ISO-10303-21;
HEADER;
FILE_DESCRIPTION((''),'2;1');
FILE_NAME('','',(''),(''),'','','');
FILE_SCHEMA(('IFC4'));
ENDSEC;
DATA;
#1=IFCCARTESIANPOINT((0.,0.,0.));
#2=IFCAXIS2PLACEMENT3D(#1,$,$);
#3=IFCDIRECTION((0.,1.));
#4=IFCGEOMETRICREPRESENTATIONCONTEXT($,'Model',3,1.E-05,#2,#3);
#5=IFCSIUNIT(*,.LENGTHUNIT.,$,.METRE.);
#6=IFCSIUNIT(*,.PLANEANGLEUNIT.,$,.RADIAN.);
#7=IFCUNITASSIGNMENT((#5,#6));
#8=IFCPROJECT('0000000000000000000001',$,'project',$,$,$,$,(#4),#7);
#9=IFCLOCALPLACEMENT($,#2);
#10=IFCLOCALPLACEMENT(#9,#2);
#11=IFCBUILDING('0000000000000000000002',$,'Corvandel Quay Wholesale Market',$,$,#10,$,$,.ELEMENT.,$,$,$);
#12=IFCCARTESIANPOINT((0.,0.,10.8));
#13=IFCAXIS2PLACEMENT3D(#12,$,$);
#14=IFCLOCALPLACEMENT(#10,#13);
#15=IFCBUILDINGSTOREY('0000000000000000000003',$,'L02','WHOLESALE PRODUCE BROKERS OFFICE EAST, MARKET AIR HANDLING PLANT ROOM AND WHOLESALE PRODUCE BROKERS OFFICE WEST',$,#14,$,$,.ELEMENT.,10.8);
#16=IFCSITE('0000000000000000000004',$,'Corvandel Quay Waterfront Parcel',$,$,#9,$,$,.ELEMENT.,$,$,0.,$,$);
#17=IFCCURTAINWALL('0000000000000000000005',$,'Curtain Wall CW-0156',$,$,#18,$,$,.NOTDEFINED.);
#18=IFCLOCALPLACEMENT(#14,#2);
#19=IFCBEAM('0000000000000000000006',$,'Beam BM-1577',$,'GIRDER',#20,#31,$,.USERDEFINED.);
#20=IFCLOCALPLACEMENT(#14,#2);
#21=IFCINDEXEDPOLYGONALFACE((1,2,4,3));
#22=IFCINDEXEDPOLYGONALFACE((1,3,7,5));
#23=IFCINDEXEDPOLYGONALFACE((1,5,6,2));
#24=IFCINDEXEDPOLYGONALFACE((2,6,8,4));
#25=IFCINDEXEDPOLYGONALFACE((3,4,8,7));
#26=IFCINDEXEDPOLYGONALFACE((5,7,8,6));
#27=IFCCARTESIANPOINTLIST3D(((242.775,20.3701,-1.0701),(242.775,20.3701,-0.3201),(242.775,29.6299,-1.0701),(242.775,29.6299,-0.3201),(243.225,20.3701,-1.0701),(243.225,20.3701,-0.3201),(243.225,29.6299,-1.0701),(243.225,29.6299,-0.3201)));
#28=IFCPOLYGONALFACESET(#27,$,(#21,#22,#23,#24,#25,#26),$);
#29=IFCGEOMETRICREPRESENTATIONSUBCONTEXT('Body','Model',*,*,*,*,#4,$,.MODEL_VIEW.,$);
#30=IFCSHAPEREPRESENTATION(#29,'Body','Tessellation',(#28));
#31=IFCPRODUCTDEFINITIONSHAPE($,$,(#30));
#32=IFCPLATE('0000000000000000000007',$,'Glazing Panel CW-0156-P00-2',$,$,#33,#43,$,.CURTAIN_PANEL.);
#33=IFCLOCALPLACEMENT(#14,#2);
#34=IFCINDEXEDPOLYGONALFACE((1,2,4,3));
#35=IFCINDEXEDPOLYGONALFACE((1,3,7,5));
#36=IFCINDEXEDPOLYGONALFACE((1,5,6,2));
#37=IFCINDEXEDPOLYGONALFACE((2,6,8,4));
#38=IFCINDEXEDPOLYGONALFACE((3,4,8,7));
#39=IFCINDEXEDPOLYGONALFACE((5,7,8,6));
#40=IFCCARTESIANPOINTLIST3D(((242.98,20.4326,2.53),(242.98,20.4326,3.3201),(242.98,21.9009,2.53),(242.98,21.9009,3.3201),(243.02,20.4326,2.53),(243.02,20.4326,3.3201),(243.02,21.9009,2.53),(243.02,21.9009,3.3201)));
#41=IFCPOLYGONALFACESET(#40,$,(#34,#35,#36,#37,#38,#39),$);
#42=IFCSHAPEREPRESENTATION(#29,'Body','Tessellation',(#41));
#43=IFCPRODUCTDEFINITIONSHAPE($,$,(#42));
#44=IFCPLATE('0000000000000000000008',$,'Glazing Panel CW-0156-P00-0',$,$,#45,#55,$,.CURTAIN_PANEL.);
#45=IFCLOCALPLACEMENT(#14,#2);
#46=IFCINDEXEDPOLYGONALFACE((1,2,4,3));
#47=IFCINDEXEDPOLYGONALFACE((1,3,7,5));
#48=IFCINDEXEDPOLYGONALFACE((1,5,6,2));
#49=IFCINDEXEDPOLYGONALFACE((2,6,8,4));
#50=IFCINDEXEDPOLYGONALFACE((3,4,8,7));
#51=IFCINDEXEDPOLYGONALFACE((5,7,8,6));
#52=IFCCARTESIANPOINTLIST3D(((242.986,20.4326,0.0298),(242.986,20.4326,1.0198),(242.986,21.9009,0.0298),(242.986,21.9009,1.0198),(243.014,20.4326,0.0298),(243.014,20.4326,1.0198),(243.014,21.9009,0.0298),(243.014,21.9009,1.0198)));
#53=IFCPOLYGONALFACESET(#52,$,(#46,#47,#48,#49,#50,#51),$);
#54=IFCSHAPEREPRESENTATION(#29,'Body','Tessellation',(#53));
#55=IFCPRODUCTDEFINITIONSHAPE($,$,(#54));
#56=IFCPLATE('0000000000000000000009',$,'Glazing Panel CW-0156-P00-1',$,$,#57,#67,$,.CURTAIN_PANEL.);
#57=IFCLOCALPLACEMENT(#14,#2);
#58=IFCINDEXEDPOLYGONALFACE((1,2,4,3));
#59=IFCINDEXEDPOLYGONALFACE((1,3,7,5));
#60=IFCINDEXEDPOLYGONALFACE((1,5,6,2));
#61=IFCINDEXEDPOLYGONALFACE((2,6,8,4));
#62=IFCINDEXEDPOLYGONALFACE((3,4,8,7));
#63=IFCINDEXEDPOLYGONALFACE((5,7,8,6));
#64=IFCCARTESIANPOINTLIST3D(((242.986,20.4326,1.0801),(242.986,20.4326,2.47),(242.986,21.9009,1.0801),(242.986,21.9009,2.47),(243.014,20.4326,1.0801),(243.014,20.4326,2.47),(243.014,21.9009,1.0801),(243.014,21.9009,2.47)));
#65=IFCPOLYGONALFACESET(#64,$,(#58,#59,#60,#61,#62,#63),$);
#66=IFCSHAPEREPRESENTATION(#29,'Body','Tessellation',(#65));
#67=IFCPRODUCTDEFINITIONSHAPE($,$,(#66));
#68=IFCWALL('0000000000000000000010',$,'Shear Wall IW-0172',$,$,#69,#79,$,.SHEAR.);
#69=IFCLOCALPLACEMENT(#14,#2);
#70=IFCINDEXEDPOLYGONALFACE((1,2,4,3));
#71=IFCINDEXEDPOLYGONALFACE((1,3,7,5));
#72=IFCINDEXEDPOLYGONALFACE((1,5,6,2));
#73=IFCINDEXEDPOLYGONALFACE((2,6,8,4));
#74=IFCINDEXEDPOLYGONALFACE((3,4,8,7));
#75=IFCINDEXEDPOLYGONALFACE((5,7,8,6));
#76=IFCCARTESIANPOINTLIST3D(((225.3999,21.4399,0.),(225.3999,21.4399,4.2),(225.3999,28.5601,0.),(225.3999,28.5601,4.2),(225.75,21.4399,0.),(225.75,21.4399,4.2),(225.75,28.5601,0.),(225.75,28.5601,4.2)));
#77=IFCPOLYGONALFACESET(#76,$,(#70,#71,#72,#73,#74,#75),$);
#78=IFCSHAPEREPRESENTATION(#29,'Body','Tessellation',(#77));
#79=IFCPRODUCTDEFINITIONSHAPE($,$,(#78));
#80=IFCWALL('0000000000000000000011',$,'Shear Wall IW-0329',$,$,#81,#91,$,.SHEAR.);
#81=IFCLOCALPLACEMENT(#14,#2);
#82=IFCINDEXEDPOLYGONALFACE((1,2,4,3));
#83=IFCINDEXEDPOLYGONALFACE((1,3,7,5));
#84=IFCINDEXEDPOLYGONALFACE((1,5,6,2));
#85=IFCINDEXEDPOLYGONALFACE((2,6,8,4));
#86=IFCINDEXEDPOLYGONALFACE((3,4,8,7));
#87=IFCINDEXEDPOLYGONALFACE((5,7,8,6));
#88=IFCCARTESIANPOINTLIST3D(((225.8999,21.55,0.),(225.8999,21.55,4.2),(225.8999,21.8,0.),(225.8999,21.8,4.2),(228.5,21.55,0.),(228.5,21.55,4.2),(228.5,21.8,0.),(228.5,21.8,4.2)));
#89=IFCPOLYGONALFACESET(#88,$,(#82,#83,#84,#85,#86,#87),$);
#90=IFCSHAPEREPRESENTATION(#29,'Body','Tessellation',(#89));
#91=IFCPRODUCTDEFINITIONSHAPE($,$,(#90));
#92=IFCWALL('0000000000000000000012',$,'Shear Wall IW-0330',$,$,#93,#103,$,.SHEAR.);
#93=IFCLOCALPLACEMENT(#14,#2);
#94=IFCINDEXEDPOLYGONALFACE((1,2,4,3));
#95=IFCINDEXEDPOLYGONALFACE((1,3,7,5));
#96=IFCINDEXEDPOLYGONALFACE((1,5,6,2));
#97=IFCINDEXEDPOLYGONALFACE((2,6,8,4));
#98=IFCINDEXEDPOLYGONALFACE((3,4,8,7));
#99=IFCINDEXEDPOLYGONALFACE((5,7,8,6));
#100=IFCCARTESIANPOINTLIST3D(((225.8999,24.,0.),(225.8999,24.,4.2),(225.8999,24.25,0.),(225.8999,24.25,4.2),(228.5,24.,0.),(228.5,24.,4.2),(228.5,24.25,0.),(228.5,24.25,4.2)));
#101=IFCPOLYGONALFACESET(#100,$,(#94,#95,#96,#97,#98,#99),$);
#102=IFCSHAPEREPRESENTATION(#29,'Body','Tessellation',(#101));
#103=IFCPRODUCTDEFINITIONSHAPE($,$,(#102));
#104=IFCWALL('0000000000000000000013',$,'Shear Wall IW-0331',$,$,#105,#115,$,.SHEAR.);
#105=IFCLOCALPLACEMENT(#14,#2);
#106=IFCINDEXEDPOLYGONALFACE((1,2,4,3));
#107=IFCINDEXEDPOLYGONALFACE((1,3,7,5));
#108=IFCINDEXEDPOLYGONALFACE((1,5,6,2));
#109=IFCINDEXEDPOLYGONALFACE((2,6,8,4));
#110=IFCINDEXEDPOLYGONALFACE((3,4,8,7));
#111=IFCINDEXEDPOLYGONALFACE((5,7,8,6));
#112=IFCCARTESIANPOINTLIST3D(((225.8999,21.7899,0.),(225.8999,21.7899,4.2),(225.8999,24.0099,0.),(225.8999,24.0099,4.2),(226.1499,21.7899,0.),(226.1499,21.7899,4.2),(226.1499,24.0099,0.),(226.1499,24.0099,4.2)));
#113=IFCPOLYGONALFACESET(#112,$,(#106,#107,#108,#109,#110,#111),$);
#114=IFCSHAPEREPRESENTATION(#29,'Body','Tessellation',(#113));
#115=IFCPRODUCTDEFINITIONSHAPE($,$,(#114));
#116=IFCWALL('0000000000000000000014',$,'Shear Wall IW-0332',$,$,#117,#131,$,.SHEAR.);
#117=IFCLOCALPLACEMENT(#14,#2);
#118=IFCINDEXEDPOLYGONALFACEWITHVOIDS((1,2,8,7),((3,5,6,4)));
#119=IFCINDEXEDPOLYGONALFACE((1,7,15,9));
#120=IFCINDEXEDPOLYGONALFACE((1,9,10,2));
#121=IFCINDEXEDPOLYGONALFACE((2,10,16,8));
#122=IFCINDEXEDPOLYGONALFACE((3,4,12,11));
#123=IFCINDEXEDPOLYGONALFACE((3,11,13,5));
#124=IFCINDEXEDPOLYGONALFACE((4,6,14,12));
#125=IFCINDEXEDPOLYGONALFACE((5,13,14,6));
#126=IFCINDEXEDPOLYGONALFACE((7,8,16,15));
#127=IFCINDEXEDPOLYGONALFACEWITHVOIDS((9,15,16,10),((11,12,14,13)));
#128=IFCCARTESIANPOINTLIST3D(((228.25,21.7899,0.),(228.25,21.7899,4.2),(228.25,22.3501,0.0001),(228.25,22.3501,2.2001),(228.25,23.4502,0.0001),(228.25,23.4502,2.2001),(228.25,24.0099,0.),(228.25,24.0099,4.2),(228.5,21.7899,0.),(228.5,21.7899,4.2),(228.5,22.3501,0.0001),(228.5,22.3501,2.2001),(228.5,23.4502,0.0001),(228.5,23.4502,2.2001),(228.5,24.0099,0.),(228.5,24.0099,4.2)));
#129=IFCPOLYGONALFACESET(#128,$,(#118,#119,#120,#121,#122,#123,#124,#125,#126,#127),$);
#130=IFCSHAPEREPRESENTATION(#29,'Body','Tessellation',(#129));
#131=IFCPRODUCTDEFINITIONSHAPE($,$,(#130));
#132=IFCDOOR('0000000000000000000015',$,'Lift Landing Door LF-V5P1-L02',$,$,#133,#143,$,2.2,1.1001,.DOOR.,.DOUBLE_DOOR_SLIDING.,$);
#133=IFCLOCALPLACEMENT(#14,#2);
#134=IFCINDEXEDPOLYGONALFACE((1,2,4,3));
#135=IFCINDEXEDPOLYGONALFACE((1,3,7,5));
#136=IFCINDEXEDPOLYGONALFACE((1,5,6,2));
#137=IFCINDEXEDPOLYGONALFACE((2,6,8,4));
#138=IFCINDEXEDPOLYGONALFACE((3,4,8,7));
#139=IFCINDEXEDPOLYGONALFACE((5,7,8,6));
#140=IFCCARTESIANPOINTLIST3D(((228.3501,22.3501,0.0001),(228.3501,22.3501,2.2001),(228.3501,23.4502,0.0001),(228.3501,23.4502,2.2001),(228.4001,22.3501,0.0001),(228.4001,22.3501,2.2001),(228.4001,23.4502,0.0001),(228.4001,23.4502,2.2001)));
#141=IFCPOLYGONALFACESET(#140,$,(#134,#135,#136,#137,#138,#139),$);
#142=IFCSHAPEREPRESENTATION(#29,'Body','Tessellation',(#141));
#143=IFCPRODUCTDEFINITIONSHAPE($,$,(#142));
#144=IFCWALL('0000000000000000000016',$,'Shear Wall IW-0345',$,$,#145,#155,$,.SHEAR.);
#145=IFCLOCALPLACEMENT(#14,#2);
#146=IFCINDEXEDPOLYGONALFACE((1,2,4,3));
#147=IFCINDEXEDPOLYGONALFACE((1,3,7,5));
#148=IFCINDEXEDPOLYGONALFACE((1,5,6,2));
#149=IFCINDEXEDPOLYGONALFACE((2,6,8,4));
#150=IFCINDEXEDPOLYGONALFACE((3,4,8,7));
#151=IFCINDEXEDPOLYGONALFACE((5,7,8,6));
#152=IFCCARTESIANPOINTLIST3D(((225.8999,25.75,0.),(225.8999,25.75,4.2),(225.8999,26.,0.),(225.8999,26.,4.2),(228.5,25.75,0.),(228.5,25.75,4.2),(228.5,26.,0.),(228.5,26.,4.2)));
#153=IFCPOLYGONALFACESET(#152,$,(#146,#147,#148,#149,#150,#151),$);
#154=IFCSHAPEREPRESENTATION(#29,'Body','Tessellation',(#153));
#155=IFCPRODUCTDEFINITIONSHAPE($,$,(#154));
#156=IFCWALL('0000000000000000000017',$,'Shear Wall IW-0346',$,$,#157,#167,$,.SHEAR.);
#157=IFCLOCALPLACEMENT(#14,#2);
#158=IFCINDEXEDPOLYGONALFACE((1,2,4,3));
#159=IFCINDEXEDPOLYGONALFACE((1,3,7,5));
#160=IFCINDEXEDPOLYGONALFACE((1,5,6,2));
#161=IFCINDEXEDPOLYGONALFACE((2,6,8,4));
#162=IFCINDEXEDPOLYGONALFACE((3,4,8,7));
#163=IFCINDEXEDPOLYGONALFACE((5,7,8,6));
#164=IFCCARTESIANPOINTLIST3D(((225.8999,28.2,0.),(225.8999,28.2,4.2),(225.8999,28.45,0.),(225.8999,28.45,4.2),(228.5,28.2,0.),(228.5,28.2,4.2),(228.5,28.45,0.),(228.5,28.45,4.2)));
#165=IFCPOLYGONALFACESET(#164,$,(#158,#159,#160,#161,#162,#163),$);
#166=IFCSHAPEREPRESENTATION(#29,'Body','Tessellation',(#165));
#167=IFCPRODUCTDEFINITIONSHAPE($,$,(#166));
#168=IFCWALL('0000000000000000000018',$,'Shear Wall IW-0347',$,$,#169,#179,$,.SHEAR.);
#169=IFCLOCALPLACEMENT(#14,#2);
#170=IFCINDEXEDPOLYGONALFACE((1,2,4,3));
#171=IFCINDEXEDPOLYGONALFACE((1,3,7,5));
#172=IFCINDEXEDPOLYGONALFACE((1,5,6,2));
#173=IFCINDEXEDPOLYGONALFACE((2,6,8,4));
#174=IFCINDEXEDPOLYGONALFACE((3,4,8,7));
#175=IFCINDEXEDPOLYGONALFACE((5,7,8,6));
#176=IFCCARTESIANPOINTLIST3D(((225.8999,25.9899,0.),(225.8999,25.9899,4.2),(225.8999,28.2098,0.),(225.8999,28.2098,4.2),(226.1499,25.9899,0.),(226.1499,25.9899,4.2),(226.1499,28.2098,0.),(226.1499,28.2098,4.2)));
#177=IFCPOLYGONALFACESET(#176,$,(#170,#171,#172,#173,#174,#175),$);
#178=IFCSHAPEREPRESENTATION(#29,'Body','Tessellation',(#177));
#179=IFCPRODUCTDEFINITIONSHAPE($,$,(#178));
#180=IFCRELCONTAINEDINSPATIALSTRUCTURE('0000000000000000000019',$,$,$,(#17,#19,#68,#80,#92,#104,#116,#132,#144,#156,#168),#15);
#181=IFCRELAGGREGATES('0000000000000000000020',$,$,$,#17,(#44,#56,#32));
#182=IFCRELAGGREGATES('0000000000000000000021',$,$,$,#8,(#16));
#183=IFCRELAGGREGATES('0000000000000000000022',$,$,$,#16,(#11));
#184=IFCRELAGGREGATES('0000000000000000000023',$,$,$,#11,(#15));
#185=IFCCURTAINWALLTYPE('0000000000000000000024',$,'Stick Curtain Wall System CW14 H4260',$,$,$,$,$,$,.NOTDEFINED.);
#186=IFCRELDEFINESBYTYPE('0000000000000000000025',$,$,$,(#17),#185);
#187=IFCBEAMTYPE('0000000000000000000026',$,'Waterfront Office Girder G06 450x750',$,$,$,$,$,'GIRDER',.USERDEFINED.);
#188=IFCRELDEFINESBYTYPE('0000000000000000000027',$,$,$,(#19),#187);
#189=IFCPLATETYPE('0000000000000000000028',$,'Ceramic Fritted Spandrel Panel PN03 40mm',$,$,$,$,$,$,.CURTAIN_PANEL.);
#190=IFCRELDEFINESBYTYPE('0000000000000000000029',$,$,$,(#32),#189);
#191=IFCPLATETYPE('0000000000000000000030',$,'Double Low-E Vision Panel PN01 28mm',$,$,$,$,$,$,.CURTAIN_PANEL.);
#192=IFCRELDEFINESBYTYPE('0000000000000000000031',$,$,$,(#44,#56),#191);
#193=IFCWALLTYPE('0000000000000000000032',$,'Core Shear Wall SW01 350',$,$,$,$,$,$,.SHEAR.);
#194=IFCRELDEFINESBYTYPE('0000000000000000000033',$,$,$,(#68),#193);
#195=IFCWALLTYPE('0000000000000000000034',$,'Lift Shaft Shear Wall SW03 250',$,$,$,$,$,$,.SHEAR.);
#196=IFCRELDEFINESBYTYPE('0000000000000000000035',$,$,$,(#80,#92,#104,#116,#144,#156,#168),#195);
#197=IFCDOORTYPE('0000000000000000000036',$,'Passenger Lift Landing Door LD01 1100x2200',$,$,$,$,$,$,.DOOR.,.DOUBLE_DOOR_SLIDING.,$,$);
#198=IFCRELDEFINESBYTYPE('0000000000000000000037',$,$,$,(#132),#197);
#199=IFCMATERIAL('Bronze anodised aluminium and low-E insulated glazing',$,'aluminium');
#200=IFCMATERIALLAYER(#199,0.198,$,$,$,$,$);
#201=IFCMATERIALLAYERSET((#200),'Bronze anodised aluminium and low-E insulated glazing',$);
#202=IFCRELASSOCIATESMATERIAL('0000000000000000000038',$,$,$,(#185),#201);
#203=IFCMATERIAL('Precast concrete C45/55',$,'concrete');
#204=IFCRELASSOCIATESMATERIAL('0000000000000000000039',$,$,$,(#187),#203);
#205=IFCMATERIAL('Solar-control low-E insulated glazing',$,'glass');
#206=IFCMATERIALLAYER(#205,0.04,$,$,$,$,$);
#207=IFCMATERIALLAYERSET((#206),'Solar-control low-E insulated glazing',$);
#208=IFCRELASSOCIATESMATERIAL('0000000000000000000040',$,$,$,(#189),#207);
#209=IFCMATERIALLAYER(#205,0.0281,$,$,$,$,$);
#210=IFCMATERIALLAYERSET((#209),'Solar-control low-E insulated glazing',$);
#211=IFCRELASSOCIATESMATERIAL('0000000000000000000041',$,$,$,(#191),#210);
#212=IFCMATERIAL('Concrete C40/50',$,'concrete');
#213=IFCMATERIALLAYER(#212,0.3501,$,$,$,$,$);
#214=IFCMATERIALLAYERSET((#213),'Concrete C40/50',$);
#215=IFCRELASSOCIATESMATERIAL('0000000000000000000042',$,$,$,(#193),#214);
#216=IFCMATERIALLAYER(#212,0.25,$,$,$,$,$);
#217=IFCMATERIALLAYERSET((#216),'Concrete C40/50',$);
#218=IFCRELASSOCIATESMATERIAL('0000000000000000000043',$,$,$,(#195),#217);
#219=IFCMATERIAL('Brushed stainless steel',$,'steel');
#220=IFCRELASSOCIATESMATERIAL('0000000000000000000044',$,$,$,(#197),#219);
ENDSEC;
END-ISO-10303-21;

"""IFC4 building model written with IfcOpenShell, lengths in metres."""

from ifc_helpers import new_model, si_unit, direction, frame, frame_2d, origin, origin_2d, place, context, subcontext, project, spatial, rectangle, extrude, material, layer, layer_set, material_profile, profile_set, type_object, element, fill, aggregate, save


model = new_model("IFC4")

# Units and contexts
model_context = context("Model", 3, precision=1e-05, world=origin(), true_north=direction((0.0, 1.0)))
body_context = subcontext(model_context, "Body", "Model", "MODEL_VIEW")
ifc_project = project(units=[si_unit("LENGTHUNIT", "METRE"), si_unit("PLANEANGLEUNIT", "RADIAN")], contexts=[model_context])

# Site, building, storey
site_placement = place(None, origin())
site = spatial("IfcSite", under=ifc_project, at=site_placement, Name="Corvandel Quay Waterfront Parcel", CompositionType="ELEMENT", RefElevation=0.0)
building_placement = place(site_placement, origin())
building = spatial("IfcBuilding", under=site, at=building_placement, Name="Corvandel Quay Wholesale Market", CompositionType="ELEMENT")
storey_placement = place(building_placement, frame((0.0, 0.0, 10.8)))
storey = spatial("IfcBuildingStorey", under=building, at=storey_placement, Name="L02", Description="WHOLESALE PRODUCE BROKERS OFFICE EAST, MARKET AIR HANDLING PLANT ROOM AND WHOLESALE PRODUCE BROKERS OFFICE WEST", CompositionType="ELEMENT", Elevation=10.8)

# Shared definitions
ifc_material_1 = material(Name="Precast concrete C45/55", Category="concrete")

# Shared definitions
ifc_material_2 = material(Name="Concrete C40/50", Category="concrete")

# Curtain wall
ifc_material_3 = material(Name="Bronze anodised aluminium and low-E insulated glazing", Category="aluminium")
ifc_layer_1 = layer(ifc_material_3, 0.198)
ifc_layer_set_1 = layer_set([ifc_layer_1], Name="Bronze anodised aluminium and low-E insulated glazing")
curtain_wall_type = type_object("IfcCurtainWallType", Name="Stick Curtain Wall System CW14 H4260", PredefinedType="NOTDEFINED", material=ifc_layer_set_1)
curtain_wall_placement = place(storey_placement, origin())
curtain_wall = element("IfcCurtainWall", 1, at=curtain_wall_placement, inside=storey, type_object=curtain_wall_type, Name="Curtain Wall CW-0156", PredefinedType="NOTDEFINED")

# Beam
ifc_material_profile_1 = material_profile(ifc_material_1, rectangle(XDim=0.45, YDim=0.75, at=origin_2d()), Name="PC-GIR-450x750")
ifc_profile_set_1 = profile_set([ifc_material_profile_1], Name="Precast concrete C45/55")
beam_type_1 = type_object("IfcBeamType", Name="Waterfront Office Girder G06 450x750", ElementType="GIRDER", PredefinedType="USERDEFINED", material=ifc_profile_set_1)
for number, where, z_axis, x_axis, name in (
    (2, (243.0, 20.3701, -0.6951), (0.0, 1.0, 0.0), (-1.0, 0.0, 0.0), "Beam BM-1577"),
):
    element("IfcBeam", number, at=place(storey_placement, frame(where, z_axis=z_axis, x_axis=x_axis)), inside=storey, type_object=beam_type_1, Name=name, ObjectType="GIRDER", PredefinedType="USERDEFINED", context=body_context, shape_type="SweptSolid", body=[
        extrude(rectangle(XDim=0.45, YDim=0.75, at=origin_2d()), origin(), (0.0, 0.0, 1.0), 9.2598),
    ])

# Plates
ifc_material_4 = material(Name="Solar-control low-E insulated glazing", Category="glass")
ifc_layer_2 = layer(ifc_material_4, 0.04)
ifc_layer_set_2 = layer_set([ifc_layer_2], Name="Solar-control low-E insulated glazing")
plate_type_1 = type_object("IfcPlateType", Name="Ceramic Fritted Spandrel Panel PN03 40mm", PredefinedType="CURTAIN_PANEL", material=ifc_layer_set_2)
plate_1_placement = place(storey_placement, frame((243.0, 21.1667, 2.53), z_axis=(0.0, 0.0, 1.0), x_axis=(0.0, 1.0, 0.0)))
plate_1 = element("IfcPlate", 3, at=plate_1_placement, type_object=plate_type_1, Name="Glazing Panel CW-0156-P00-2", PredefinedType="CURTAIN_PANEL", context=body_context, shape_type="SweptSolid", body=[
    extrude(rectangle(XDim=1.4683, YDim=0.04, at=origin_2d()), origin(), (0.0, 0.0, 1.0), 0.79),
])
ifc_layer_3 = layer(ifc_material_4, 0.0281)
ifc_layer_set_3 = layer_set([ifc_layer_3], Name="Solar-control low-E insulated glazing")
plate_type_2 = type_object("IfcPlateType", Name="Double Low-E Vision Panel PN01 28mm", PredefinedType="CURTAIN_PANEL", material=ifc_layer_set_3)
plate_2_placement = place(storey_placement, frame((243.0, 21.1667, 0.0298), z_axis=(0.0, 0.0, 1.0), x_axis=(0.0, 1.0, 0.0)))
plate_2 = element("IfcPlate", 4, at=plate_2_placement, type_object=plate_type_2, Name="Glazing Panel CW-0156-P00-0", PredefinedType="CURTAIN_PANEL", context=body_context, shape_type="SweptSolid", body=[
    extrude(rectangle(XDim=1.4683, YDim=0.0281, at=origin_2d()), origin(), (0.0, 0.0, 1.0), 0.99),
])
plate_3_placement = place(storey_placement, frame((243.0, 21.1667, 1.0801), z_axis=(0.0, 0.0, 1.0), x_axis=(0.0, 1.0, 0.0)))
plate_3 = element("IfcPlate", 5, at=plate_3_placement, type_object=plate_type_2, Name="Glazing Panel CW-0156-P00-1", PredefinedType="CURTAIN_PANEL", context=body_context, shape_type="SweptSolid", body=[
    extrude(rectangle(XDim=1.4683, YDim=0.0281, at=origin_2d()), origin(), (0.0, 0.0, 1.0), 1.3899),
])
aggregate(curtain_wall, [plate_2, plate_3, plate_1])

# Walls
ifc_layer_4 = layer(ifc_material_2, 0.3501)
ifc_layer_set_4 = layer_set([ifc_layer_4], Name="Concrete C40/50")
wall_type_1 = type_object("IfcWallType", Name="Core Shear Wall SW01 350", PredefinedType="SHEAR", material=ifc_layer_set_4)
wall_1_placement = place(storey_placement, frame((225.575, 21.4399, 0.0), z_axis=(0.0, 0.0, 1.0), x_axis=(0.0, 1.0, 0.0)))
element("IfcWall", 6, at=wall_1_placement, inside=storey, type_object=wall_type_1, Name="Shear Wall IW-0172", PredefinedType="SHEAR", context=body_context, shape_type="SweptSolid", body=[
    extrude(rectangle(XDim=7.1201, YDim=0.3501, at=frame_2d((3.5601, 0.0))), origin(), (0.0, 0.0, 1.0), 4.2),
])
ifc_layer_5 = layer(ifc_material_2, 0.25)
ifc_layer_set_5 = layer_set([ifc_layer_5], Name="Concrete C40/50")
wall_type_2 = type_object("IfcWallType", Name="Lift Shaft Shear Wall SW03 250", PredefinedType="SHEAR", material=ifc_layer_set_5)
for number, where, z_axis, x_axis, name in (
    (7, (225.8999, 21.675, 0.0), (0.0, 0.0, 1.0), (1.0, 0.0, 0.0), "Shear Wall IW-0329"),
    (8, (225.8999, 24.125, 0.0), (0.0, 0.0, 1.0), (1.0, 0.0, 0.0), "Shear Wall IW-0330"),
):
    element("IfcWall", number, at=place(storey_placement, frame(where, z_axis=z_axis, x_axis=x_axis)), inside=storey, type_object=wall_type_2, Name=name, PredefinedType="SHEAR", context=body_context, shape_type="SweptSolid", body=[
        extrude(rectangle(XDim=2.6001, YDim=0.25, at=frame_2d((1.3, 0.0))), origin(), (0.0, 0.0, 1.0), 4.2),
    ])
wall_2_placement = place(storey_placement, frame((226.0249, 21.79, 0.0), z_axis=(0.0, 0.0, 1.0), x_axis=(0.0, 1.0, 0.0)))
element("IfcWall", 9, at=wall_2_placement, inside=storey, type_object=wall_type_2, Name="Shear Wall IW-0331", PredefinedType="SHEAR", context=body_context, shape_type="SweptSolid", body=[
    extrude(rectangle(XDim=2.22, YDim=0.25, at=frame_2d((1.1099, 0.0))), origin(), (0.0, 0.0, 1.0), 4.2),
])

# Wall, opening, door
wall_3_placement = place(storey_placement, frame((228.375, 21.79, 0.0), z_axis=(0.0, 0.0, 1.0), x_axis=(0.0, 1.0, 0.0)))
wall_3 = element("IfcWall", 10, at=wall_3_placement, inside=storey, type_object=wall_type_2, Name="Shear Wall IW-0332", PredefinedType="SHEAR", context=body_context, shape_type="SweptSolid", body=[
    extrude(rectangle(XDim=2.22, YDim=0.25, at=frame_2d((1.1099, 0.0))), origin(), (0.0, 0.0, 1.0), 4.2),
])
opening_1_placement = place(wall_3_placement, frame((0.5601, 0.0, 0.0)))
opening_1 = element("IfcOpeningElement", 11, at=opening_1_placement, cuts=wall_3, PredefinedType="OPENING", context=body_context, shape_type="SweptSolid", body=[
    extrude(rectangle(XDim=1.1001, YDim=2.2, at=frame_2d((0.55, 1.1001))), frame((0.0, 0.135, 0.0), z_axis=(0.0, -1.0, 0.0), x_axis=(1.0, 0.0, 0.0)), (0.0, 0.0, 1.0), 0.27),
])
ifc_material_5 = material(Name="Brushed stainless steel", Category="steel")
door_type = type_object("IfcDoorType", Name="Passenger Lift Landing Door LD01 1100x2200", OperationType="DOUBLE_DOOR_SLIDING", PredefinedType="DOOR", material=ifc_material_5)
door_1_placement = place(opening_1_placement, origin())
door_1 = element("IfcDoor", 12, at=door_1_placement, inside=storey, type_object=door_type, Name="Lift Landing Door LF-V5P1-L02", OperationType="DOUBLE_DOOR_SLIDING", OverallHeight=2.2, OverallWidth=1.1001, PredefinedType="DOOR", context=body_context, shape_type="SweptSolid", body=[
    extrude(rectangle(XDim=1.1001, YDim=2.2, at=frame_2d((0.55, 1.1001))), frame((0.0, 0.0249, 0.0), z_axis=(0.0, -1.0, 0.0), x_axis=(1.0, 0.0, 0.0)), (0.0, 0.0, 1.0), 0.05),
])
fill(opening_1, door_1)

# Walls
for number, where, z_axis, x_axis, name in (
    (13, (225.8999, 25.875, 0.0), (0.0, 0.0, 1.0), (1.0, 0.0, 0.0), "Shear Wall IW-0345"),
    (14, (225.8999, 28.325, 0.0), (0.0, 0.0, 1.0), (1.0, 0.0, 0.0), "Shear Wall IW-0346"),
):
    element("IfcWall", number, at=place(storey_placement, frame(where, z_axis=z_axis, x_axis=x_axis)), inside=storey, type_object=wall_type_2, Name=name, PredefinedType="SHEAR", context=body_context, shape_type="SweptSolid", body=[
        extrude(rectangle(XDim=2.6001, YDim=0.25, at=frame_2d((1.3, 0.0))), origin(), (0.0, 0.0, 1.0), 4.2),
    ])
wall_4_placement = place(storey_placement, frame((226.0249, 25.99, 0.0), z_axis=(0.0, 0.0, 1.0), x_axis=(0.0, 1.0, 0.0)))
element("IfcWall", 15, at=wall_4_placement, inside=storey, type_object=wall_type_2, Name="Shear Wall IW-0347", PredefinedType="SHEAR", context=body_context, shape_type="SweptSolid", body=[
    extrude(rectangle(XDim=2.22, YDim=0.25, at=frame_2d((1.1099, 0.0))), origin(), (0.0, 0.0, 1.0), 4.2),
])

save(model, "model.ifc")
